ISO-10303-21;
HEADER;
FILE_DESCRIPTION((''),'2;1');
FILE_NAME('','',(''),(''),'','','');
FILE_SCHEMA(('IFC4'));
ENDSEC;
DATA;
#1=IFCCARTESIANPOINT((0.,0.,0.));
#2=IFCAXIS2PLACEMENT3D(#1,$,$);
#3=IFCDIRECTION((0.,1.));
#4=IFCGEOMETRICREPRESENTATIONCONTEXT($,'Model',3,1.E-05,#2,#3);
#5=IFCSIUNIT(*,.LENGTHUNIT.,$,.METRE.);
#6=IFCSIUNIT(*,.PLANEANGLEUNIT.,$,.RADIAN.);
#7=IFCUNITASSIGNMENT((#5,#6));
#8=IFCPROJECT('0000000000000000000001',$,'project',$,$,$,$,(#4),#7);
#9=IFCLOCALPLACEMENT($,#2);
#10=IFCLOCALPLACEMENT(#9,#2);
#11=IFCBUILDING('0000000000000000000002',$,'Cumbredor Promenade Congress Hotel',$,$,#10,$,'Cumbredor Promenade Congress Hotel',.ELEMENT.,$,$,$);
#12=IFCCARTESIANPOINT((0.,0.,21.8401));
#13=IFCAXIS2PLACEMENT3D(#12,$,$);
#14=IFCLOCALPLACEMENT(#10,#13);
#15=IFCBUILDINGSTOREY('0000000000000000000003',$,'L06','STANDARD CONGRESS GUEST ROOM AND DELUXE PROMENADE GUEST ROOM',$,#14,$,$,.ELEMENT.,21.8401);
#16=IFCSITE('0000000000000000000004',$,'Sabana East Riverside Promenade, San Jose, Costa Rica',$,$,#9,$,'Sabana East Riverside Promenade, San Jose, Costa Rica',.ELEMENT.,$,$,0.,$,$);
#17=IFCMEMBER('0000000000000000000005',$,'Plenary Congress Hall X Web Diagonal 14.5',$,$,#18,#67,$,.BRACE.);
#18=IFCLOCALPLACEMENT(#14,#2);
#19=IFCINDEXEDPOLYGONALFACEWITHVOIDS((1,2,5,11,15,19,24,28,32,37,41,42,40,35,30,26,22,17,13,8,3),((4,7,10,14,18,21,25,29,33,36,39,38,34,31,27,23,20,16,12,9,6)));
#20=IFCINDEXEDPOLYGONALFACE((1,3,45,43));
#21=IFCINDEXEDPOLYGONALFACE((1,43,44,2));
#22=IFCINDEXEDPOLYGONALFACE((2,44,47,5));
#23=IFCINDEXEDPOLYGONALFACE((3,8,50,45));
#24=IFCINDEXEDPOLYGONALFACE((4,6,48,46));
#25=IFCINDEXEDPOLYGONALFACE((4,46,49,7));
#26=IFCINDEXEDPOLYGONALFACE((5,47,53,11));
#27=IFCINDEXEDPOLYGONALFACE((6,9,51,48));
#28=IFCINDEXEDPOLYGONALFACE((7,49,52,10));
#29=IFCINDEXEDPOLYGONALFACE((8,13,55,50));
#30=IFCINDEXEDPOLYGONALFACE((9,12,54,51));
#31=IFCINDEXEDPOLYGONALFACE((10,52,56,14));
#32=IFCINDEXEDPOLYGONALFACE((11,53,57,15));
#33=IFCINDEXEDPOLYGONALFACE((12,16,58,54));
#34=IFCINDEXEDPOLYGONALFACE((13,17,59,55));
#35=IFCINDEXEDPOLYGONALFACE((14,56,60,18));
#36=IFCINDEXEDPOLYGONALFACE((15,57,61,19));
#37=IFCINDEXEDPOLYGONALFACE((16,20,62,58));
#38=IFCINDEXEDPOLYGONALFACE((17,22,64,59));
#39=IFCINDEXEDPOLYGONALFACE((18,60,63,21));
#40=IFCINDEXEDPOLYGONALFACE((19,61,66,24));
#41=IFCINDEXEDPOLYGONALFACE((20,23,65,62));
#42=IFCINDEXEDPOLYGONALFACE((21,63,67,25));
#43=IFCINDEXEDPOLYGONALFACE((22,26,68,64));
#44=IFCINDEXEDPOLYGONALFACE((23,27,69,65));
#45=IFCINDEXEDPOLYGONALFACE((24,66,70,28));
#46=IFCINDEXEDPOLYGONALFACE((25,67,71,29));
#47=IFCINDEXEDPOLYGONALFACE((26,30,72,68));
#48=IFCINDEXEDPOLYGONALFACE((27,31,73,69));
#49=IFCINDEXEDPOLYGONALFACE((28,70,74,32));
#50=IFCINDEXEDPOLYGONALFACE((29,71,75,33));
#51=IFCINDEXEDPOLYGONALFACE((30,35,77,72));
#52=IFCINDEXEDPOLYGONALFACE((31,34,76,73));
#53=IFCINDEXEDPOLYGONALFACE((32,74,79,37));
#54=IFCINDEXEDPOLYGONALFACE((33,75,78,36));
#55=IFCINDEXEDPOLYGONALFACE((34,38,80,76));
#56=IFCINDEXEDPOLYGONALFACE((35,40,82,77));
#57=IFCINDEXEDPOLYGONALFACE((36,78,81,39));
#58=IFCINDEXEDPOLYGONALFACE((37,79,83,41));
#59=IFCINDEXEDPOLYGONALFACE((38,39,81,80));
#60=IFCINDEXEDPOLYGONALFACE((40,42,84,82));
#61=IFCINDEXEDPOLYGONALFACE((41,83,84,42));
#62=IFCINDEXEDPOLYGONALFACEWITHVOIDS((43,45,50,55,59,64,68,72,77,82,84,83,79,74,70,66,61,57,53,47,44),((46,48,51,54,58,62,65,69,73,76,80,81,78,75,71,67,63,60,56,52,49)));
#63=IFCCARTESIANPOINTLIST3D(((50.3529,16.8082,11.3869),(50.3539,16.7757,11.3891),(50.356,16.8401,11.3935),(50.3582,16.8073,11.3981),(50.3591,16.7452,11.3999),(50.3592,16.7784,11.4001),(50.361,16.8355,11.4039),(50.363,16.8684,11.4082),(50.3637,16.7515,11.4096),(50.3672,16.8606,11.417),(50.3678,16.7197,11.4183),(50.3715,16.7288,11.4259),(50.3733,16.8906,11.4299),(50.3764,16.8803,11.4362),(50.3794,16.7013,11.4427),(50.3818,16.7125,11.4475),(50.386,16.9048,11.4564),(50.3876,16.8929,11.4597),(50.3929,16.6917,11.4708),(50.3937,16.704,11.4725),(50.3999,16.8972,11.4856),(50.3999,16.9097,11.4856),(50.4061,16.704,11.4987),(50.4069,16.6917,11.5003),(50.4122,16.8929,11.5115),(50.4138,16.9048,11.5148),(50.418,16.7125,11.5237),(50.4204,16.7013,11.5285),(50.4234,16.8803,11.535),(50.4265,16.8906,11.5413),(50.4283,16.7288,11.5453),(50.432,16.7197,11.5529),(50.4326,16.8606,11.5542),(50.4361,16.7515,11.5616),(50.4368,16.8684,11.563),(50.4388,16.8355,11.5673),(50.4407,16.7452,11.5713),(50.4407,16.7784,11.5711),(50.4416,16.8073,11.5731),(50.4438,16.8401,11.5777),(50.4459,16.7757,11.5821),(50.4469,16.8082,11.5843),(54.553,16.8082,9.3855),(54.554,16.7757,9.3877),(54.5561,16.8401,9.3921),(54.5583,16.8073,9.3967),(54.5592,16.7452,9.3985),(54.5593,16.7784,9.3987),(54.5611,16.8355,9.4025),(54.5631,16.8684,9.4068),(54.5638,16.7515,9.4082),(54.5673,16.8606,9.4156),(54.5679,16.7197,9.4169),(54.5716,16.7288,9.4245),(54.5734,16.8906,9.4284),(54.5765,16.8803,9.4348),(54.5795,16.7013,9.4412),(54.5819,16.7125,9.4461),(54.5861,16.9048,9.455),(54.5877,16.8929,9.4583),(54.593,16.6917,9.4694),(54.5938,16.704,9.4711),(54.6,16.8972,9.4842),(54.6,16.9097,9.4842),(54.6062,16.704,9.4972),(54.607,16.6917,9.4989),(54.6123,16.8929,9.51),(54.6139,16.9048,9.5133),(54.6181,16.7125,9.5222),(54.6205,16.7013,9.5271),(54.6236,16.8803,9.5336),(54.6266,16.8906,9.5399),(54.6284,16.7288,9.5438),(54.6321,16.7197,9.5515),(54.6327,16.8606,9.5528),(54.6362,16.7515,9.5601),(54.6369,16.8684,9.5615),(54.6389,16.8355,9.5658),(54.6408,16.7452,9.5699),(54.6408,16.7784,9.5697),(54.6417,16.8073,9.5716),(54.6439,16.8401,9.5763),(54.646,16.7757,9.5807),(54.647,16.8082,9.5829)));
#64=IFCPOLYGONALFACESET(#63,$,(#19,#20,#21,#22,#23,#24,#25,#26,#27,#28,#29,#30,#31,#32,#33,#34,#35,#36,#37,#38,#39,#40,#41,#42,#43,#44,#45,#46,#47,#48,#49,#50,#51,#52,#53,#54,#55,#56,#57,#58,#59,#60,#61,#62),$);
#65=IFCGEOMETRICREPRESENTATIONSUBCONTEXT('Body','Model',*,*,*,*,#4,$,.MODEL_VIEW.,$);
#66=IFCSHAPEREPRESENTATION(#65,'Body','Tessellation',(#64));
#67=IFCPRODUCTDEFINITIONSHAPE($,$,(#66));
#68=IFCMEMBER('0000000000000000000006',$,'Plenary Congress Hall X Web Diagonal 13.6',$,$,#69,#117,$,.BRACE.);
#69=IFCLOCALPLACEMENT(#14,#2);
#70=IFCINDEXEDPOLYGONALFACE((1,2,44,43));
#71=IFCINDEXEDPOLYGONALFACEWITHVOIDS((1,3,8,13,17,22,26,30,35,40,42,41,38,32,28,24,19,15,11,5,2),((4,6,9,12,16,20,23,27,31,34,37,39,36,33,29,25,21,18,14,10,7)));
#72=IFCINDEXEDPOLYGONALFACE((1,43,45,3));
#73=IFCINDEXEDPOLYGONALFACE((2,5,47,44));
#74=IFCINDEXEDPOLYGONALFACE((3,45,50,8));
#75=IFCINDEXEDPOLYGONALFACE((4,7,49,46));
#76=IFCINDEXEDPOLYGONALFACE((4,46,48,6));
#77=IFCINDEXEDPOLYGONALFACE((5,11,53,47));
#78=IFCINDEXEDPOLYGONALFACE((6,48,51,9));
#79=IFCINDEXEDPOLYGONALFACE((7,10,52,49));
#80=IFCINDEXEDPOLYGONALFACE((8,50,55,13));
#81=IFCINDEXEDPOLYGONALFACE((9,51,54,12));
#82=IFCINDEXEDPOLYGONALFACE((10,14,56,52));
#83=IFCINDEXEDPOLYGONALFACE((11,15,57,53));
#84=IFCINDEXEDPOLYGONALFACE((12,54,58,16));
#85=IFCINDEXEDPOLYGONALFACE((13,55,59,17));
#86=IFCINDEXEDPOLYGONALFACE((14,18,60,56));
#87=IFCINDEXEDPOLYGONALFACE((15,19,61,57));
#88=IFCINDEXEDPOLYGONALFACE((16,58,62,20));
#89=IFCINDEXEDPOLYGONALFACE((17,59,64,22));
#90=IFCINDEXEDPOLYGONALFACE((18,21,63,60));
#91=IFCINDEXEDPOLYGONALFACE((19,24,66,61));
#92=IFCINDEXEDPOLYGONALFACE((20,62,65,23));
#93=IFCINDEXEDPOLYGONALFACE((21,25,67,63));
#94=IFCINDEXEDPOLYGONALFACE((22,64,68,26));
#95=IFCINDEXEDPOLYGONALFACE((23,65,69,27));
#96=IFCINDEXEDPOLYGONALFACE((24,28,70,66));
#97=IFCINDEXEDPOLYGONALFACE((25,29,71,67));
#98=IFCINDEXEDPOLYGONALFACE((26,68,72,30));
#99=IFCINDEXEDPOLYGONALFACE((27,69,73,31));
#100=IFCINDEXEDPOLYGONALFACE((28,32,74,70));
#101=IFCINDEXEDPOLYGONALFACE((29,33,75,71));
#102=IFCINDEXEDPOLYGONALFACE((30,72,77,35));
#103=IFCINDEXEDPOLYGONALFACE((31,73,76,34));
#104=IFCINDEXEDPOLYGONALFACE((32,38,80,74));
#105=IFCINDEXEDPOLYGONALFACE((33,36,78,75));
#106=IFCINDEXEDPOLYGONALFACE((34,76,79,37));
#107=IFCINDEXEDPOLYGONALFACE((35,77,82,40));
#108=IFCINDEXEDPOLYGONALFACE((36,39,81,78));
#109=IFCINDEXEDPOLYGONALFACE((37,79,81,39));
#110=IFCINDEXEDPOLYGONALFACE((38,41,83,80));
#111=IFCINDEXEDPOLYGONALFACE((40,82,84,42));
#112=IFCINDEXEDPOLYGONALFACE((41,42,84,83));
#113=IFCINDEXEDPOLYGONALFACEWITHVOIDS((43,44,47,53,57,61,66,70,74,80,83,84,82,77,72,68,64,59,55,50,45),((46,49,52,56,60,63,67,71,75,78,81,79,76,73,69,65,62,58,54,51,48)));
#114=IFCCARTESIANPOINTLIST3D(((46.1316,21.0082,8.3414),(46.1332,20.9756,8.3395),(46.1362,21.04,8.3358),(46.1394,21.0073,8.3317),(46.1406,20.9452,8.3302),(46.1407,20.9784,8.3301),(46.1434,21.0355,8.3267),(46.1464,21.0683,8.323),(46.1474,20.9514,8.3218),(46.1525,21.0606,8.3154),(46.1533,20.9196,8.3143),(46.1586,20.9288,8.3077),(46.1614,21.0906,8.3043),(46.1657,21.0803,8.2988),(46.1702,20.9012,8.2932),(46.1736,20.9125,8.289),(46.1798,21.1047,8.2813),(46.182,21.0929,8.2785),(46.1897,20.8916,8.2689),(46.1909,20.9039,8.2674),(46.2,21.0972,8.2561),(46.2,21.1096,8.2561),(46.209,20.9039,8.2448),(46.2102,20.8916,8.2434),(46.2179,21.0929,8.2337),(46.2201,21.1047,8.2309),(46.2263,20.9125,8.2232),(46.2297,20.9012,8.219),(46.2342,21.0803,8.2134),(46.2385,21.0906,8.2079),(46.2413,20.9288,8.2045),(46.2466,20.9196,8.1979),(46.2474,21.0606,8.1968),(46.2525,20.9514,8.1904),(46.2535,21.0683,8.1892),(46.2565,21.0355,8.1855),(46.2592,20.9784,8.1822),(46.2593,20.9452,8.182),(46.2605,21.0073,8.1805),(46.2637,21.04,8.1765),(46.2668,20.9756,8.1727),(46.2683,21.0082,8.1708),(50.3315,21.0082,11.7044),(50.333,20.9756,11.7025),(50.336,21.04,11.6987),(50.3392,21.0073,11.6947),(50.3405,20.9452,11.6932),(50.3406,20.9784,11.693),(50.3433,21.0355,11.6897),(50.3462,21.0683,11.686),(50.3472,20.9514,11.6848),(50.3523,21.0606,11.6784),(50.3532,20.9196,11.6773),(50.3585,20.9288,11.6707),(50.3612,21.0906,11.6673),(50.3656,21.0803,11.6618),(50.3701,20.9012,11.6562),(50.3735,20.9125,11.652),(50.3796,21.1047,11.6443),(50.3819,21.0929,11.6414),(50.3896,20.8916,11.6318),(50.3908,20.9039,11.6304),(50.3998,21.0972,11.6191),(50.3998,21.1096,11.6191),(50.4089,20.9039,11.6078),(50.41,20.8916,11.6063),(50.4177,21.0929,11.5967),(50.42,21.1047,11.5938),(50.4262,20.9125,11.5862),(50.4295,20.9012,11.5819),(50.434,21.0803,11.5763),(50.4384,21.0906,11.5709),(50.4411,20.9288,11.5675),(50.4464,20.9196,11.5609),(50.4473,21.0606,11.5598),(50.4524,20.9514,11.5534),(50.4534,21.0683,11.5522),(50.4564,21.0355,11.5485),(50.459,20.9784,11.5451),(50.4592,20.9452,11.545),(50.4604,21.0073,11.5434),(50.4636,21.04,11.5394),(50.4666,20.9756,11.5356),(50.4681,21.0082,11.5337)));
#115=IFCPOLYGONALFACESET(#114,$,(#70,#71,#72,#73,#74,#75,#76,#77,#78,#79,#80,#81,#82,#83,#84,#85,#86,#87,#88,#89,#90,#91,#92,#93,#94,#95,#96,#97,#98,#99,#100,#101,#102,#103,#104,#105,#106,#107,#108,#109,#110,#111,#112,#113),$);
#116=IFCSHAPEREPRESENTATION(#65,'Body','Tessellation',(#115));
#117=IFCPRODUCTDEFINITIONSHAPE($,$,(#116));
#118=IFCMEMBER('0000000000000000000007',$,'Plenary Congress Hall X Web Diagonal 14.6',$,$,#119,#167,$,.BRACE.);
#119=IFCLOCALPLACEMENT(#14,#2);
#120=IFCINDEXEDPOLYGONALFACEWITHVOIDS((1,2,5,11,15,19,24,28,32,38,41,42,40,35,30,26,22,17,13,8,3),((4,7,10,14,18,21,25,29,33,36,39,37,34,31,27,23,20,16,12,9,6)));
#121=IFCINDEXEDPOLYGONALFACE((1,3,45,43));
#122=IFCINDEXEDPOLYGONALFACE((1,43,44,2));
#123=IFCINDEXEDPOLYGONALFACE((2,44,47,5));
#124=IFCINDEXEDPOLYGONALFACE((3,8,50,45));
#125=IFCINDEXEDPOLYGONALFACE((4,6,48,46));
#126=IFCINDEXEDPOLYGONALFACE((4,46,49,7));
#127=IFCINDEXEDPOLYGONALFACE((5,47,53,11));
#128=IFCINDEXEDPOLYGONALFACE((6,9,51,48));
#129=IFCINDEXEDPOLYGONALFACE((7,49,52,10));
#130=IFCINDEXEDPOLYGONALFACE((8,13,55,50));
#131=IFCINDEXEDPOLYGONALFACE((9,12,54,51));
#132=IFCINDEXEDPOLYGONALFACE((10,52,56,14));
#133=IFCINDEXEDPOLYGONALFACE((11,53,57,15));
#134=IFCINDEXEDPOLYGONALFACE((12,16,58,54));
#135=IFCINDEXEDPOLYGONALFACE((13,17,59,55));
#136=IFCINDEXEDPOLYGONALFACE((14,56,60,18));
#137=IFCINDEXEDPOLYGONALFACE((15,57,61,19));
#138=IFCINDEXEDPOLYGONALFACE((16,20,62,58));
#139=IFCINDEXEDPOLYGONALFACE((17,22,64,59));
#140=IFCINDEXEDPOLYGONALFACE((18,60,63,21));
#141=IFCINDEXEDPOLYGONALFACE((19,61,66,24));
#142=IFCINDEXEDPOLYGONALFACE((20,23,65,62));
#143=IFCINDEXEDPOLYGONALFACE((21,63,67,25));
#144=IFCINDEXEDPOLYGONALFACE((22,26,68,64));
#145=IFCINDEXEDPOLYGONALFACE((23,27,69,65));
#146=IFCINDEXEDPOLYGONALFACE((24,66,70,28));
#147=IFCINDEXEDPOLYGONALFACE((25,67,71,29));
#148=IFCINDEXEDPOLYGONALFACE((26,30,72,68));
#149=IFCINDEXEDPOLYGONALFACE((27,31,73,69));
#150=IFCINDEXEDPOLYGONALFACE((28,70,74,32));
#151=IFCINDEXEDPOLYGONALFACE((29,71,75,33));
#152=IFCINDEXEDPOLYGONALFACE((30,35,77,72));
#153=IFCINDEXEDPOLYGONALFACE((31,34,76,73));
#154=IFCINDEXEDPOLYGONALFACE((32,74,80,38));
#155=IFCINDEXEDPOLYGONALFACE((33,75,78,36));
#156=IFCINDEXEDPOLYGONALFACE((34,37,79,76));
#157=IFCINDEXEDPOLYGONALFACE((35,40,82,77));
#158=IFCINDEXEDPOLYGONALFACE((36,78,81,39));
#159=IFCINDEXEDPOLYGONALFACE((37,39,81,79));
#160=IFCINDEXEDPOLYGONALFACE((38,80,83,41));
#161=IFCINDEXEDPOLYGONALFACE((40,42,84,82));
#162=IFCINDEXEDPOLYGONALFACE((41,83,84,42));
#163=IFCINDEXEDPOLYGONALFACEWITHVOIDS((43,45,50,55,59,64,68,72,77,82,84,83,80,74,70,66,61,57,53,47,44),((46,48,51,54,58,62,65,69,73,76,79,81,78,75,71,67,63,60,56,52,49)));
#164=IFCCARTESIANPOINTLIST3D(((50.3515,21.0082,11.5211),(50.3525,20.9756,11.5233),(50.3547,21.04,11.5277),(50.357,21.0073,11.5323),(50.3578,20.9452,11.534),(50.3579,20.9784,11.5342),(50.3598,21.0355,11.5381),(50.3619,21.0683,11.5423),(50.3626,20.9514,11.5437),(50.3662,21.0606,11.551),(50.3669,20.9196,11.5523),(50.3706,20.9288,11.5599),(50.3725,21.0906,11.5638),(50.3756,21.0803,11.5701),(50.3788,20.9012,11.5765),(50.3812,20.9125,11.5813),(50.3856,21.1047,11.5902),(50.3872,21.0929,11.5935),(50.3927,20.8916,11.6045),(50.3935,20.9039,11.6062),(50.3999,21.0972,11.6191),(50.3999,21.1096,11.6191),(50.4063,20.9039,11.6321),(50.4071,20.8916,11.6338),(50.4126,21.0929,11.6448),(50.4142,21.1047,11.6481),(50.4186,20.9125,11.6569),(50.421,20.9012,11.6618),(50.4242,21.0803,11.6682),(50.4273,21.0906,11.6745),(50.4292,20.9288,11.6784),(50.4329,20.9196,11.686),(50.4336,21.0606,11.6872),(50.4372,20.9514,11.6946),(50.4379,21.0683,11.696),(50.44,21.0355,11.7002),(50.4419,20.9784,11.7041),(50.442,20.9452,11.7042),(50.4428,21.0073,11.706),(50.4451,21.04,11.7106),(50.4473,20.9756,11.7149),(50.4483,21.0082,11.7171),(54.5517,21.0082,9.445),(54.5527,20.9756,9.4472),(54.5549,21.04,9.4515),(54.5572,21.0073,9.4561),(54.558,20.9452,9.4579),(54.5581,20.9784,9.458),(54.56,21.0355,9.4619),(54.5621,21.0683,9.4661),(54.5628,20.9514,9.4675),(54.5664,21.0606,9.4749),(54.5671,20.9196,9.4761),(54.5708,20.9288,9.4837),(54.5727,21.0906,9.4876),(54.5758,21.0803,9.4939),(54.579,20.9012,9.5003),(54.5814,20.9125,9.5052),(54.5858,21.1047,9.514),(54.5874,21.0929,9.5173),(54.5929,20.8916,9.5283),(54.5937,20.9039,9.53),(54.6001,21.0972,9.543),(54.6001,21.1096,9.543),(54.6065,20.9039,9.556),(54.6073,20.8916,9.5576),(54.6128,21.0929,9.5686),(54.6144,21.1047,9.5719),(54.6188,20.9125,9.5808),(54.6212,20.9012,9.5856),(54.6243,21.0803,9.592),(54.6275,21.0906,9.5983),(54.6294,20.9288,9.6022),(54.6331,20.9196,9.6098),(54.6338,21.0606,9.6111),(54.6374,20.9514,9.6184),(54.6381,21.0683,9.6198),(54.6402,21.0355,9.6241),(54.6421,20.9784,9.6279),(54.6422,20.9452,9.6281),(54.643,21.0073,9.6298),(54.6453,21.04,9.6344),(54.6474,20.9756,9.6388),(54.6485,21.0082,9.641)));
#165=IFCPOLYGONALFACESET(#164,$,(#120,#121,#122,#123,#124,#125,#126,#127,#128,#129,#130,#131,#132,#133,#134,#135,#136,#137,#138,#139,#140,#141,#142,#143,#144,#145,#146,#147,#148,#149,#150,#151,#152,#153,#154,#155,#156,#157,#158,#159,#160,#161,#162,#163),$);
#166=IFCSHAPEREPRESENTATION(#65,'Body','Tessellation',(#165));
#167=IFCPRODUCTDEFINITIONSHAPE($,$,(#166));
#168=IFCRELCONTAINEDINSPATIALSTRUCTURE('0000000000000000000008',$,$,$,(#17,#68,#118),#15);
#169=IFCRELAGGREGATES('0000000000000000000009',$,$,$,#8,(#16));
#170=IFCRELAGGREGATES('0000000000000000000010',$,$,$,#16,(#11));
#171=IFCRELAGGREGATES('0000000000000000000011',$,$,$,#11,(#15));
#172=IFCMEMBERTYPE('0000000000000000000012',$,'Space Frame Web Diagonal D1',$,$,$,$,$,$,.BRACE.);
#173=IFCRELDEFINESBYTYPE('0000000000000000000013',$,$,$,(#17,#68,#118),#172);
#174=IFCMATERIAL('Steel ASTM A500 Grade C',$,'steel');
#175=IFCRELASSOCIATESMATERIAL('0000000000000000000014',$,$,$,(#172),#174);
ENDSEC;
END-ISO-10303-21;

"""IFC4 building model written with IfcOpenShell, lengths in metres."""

from ifc_helpers import new_model, si_unit, direction, frame, origin, origin_2d, place, context, subcontext, project, spatial, hollow_circle, extrude, material, material_profile, profile_set, type_object, element, save


model = new_model("IFC4")

# Units and contexts
model_context = context("Model", 3, precision=1e-05, world=origin(), true_north=direction((0.0, 1.0)))
body_context = subcontext(model_context, "Body", "Model", "MODEL_VIEW")
ifc_project = project(units=[si_unit("LENGTHUNIT", "METRE"), si_unit("PLANEANGLEUNIT", "RADIAN")], contexts=[model_context])

# Site, building, storey
site_placement = place(None, origin())
site = spatial("IfcSite", under=ifc_project, at=site_placement, Name="Sabana East Riverside Promenade, San Jose, Costa Rica", LongName="Sabana East Riverside Promenade, San Jose, Costa Rica", CompositionType="ELEMENT", RefElevation=0.0)
building_placement = place(site_placement, origin())
building = spatial("IfcBuilding", under=site, at=building_placement, Name="Cumbredor Promenade Congress Hotel", LongName="Cumbredor Promenade Congress Hotel", CompositionType="ELEMENT")
storey_placement = place(building_placement, frame((0.0, 0.0, 21.8401)))
storey = spatial("IfcBuildingStorey", under=building, at=storey_placement, Name="L06", Description="STANDARD CONGRESS GUEST ROOM AND DELUXE PROMENADE GUEST ROOM", CompositionType="ELEMENT", Elevation=21.8401)

# Members
ifc_material_1 = material(Name="Steel ASTM A500 Grade C", Category="steel")
ifc_material_profile_1 = material_profile(ifc_material_1, hollow_circle(Radius=0.1096, WallThickness=0.0125, at=origin_2d()), Name="CHS 219.1x12.5")
ifc_profile_set_1 = profile_set([ifc_material_profile_1], Name="Steel ASTM A500 Grade C")
member_type_1 = type_object("IfcMemberType", Name="Space Frame Web Diagonal D1", PredefinedType="BRACE", material=ifc_profile_set_1)
member_1_placement = place(storey_placement, frame((50.3999, 16.8, 11.4856), z_axis=(0.902746, 0.0, -0.430174), x_axis=(0.0, 1.0, 0.0)))
element("IfcMember", 1, at=member_1_placement, inside=storey, type_object=member_type_1, Name="Plenary Congress Hall X Web Diagonal 14.5", PredefinedType="BRACE", context=body_context, shape_type="SweptSolid", body=[
    extrude(hollow_circle(Radius=0.1096, WallThickness=0.0125, at=origin_2d()), origin(), (0.0, 0.0, 1.0), 4.6526),
])
member_2_placement = place(storey_placement, frame((46.2, 21.0, 8.2561), z_axis=(0.78059, 0.0, 0.625044), x_axis=(0.0, 1.0, 0.0)))
element("IfcMember", 2, at=member_2_placement, inside=storey, type_object=member_type_1, Name="Plenary Congress Hall X Web Diagonal 13.6", PredefinedType="BRACE", context=body_context, shape_type="SweptSolid", body=[
    extrude(hollow_circle(Radius=0.1096, WallThickness=0.0125, at=origin_2d()), origin(), (0.0, 0.0, 1.0), 5.3804),
])
member_3_placement = place(storey_placement, frame((50.3999, 21.0, 11.6191), z_axis=(0.89646, 0.0, -0.443124), x_axis=(0.0, 1.0, 0.0)))
element("IfcMember", 3, at=member_3_placement, inside=storey, type_object=member_type_1, Name="Plenary Congress Hall X Web Diagonal 14.6", PredefinedType="BRACE", context=body_context, shape_type="SweptSolid", body=[
    extrude(hollow_circle(Radius=0.1096, WallThickness=0.0125, at=origin_2d()), origin(), (0.0, 0.0, 1.0), 4.6853),
])

save(model, "model.ifc")
